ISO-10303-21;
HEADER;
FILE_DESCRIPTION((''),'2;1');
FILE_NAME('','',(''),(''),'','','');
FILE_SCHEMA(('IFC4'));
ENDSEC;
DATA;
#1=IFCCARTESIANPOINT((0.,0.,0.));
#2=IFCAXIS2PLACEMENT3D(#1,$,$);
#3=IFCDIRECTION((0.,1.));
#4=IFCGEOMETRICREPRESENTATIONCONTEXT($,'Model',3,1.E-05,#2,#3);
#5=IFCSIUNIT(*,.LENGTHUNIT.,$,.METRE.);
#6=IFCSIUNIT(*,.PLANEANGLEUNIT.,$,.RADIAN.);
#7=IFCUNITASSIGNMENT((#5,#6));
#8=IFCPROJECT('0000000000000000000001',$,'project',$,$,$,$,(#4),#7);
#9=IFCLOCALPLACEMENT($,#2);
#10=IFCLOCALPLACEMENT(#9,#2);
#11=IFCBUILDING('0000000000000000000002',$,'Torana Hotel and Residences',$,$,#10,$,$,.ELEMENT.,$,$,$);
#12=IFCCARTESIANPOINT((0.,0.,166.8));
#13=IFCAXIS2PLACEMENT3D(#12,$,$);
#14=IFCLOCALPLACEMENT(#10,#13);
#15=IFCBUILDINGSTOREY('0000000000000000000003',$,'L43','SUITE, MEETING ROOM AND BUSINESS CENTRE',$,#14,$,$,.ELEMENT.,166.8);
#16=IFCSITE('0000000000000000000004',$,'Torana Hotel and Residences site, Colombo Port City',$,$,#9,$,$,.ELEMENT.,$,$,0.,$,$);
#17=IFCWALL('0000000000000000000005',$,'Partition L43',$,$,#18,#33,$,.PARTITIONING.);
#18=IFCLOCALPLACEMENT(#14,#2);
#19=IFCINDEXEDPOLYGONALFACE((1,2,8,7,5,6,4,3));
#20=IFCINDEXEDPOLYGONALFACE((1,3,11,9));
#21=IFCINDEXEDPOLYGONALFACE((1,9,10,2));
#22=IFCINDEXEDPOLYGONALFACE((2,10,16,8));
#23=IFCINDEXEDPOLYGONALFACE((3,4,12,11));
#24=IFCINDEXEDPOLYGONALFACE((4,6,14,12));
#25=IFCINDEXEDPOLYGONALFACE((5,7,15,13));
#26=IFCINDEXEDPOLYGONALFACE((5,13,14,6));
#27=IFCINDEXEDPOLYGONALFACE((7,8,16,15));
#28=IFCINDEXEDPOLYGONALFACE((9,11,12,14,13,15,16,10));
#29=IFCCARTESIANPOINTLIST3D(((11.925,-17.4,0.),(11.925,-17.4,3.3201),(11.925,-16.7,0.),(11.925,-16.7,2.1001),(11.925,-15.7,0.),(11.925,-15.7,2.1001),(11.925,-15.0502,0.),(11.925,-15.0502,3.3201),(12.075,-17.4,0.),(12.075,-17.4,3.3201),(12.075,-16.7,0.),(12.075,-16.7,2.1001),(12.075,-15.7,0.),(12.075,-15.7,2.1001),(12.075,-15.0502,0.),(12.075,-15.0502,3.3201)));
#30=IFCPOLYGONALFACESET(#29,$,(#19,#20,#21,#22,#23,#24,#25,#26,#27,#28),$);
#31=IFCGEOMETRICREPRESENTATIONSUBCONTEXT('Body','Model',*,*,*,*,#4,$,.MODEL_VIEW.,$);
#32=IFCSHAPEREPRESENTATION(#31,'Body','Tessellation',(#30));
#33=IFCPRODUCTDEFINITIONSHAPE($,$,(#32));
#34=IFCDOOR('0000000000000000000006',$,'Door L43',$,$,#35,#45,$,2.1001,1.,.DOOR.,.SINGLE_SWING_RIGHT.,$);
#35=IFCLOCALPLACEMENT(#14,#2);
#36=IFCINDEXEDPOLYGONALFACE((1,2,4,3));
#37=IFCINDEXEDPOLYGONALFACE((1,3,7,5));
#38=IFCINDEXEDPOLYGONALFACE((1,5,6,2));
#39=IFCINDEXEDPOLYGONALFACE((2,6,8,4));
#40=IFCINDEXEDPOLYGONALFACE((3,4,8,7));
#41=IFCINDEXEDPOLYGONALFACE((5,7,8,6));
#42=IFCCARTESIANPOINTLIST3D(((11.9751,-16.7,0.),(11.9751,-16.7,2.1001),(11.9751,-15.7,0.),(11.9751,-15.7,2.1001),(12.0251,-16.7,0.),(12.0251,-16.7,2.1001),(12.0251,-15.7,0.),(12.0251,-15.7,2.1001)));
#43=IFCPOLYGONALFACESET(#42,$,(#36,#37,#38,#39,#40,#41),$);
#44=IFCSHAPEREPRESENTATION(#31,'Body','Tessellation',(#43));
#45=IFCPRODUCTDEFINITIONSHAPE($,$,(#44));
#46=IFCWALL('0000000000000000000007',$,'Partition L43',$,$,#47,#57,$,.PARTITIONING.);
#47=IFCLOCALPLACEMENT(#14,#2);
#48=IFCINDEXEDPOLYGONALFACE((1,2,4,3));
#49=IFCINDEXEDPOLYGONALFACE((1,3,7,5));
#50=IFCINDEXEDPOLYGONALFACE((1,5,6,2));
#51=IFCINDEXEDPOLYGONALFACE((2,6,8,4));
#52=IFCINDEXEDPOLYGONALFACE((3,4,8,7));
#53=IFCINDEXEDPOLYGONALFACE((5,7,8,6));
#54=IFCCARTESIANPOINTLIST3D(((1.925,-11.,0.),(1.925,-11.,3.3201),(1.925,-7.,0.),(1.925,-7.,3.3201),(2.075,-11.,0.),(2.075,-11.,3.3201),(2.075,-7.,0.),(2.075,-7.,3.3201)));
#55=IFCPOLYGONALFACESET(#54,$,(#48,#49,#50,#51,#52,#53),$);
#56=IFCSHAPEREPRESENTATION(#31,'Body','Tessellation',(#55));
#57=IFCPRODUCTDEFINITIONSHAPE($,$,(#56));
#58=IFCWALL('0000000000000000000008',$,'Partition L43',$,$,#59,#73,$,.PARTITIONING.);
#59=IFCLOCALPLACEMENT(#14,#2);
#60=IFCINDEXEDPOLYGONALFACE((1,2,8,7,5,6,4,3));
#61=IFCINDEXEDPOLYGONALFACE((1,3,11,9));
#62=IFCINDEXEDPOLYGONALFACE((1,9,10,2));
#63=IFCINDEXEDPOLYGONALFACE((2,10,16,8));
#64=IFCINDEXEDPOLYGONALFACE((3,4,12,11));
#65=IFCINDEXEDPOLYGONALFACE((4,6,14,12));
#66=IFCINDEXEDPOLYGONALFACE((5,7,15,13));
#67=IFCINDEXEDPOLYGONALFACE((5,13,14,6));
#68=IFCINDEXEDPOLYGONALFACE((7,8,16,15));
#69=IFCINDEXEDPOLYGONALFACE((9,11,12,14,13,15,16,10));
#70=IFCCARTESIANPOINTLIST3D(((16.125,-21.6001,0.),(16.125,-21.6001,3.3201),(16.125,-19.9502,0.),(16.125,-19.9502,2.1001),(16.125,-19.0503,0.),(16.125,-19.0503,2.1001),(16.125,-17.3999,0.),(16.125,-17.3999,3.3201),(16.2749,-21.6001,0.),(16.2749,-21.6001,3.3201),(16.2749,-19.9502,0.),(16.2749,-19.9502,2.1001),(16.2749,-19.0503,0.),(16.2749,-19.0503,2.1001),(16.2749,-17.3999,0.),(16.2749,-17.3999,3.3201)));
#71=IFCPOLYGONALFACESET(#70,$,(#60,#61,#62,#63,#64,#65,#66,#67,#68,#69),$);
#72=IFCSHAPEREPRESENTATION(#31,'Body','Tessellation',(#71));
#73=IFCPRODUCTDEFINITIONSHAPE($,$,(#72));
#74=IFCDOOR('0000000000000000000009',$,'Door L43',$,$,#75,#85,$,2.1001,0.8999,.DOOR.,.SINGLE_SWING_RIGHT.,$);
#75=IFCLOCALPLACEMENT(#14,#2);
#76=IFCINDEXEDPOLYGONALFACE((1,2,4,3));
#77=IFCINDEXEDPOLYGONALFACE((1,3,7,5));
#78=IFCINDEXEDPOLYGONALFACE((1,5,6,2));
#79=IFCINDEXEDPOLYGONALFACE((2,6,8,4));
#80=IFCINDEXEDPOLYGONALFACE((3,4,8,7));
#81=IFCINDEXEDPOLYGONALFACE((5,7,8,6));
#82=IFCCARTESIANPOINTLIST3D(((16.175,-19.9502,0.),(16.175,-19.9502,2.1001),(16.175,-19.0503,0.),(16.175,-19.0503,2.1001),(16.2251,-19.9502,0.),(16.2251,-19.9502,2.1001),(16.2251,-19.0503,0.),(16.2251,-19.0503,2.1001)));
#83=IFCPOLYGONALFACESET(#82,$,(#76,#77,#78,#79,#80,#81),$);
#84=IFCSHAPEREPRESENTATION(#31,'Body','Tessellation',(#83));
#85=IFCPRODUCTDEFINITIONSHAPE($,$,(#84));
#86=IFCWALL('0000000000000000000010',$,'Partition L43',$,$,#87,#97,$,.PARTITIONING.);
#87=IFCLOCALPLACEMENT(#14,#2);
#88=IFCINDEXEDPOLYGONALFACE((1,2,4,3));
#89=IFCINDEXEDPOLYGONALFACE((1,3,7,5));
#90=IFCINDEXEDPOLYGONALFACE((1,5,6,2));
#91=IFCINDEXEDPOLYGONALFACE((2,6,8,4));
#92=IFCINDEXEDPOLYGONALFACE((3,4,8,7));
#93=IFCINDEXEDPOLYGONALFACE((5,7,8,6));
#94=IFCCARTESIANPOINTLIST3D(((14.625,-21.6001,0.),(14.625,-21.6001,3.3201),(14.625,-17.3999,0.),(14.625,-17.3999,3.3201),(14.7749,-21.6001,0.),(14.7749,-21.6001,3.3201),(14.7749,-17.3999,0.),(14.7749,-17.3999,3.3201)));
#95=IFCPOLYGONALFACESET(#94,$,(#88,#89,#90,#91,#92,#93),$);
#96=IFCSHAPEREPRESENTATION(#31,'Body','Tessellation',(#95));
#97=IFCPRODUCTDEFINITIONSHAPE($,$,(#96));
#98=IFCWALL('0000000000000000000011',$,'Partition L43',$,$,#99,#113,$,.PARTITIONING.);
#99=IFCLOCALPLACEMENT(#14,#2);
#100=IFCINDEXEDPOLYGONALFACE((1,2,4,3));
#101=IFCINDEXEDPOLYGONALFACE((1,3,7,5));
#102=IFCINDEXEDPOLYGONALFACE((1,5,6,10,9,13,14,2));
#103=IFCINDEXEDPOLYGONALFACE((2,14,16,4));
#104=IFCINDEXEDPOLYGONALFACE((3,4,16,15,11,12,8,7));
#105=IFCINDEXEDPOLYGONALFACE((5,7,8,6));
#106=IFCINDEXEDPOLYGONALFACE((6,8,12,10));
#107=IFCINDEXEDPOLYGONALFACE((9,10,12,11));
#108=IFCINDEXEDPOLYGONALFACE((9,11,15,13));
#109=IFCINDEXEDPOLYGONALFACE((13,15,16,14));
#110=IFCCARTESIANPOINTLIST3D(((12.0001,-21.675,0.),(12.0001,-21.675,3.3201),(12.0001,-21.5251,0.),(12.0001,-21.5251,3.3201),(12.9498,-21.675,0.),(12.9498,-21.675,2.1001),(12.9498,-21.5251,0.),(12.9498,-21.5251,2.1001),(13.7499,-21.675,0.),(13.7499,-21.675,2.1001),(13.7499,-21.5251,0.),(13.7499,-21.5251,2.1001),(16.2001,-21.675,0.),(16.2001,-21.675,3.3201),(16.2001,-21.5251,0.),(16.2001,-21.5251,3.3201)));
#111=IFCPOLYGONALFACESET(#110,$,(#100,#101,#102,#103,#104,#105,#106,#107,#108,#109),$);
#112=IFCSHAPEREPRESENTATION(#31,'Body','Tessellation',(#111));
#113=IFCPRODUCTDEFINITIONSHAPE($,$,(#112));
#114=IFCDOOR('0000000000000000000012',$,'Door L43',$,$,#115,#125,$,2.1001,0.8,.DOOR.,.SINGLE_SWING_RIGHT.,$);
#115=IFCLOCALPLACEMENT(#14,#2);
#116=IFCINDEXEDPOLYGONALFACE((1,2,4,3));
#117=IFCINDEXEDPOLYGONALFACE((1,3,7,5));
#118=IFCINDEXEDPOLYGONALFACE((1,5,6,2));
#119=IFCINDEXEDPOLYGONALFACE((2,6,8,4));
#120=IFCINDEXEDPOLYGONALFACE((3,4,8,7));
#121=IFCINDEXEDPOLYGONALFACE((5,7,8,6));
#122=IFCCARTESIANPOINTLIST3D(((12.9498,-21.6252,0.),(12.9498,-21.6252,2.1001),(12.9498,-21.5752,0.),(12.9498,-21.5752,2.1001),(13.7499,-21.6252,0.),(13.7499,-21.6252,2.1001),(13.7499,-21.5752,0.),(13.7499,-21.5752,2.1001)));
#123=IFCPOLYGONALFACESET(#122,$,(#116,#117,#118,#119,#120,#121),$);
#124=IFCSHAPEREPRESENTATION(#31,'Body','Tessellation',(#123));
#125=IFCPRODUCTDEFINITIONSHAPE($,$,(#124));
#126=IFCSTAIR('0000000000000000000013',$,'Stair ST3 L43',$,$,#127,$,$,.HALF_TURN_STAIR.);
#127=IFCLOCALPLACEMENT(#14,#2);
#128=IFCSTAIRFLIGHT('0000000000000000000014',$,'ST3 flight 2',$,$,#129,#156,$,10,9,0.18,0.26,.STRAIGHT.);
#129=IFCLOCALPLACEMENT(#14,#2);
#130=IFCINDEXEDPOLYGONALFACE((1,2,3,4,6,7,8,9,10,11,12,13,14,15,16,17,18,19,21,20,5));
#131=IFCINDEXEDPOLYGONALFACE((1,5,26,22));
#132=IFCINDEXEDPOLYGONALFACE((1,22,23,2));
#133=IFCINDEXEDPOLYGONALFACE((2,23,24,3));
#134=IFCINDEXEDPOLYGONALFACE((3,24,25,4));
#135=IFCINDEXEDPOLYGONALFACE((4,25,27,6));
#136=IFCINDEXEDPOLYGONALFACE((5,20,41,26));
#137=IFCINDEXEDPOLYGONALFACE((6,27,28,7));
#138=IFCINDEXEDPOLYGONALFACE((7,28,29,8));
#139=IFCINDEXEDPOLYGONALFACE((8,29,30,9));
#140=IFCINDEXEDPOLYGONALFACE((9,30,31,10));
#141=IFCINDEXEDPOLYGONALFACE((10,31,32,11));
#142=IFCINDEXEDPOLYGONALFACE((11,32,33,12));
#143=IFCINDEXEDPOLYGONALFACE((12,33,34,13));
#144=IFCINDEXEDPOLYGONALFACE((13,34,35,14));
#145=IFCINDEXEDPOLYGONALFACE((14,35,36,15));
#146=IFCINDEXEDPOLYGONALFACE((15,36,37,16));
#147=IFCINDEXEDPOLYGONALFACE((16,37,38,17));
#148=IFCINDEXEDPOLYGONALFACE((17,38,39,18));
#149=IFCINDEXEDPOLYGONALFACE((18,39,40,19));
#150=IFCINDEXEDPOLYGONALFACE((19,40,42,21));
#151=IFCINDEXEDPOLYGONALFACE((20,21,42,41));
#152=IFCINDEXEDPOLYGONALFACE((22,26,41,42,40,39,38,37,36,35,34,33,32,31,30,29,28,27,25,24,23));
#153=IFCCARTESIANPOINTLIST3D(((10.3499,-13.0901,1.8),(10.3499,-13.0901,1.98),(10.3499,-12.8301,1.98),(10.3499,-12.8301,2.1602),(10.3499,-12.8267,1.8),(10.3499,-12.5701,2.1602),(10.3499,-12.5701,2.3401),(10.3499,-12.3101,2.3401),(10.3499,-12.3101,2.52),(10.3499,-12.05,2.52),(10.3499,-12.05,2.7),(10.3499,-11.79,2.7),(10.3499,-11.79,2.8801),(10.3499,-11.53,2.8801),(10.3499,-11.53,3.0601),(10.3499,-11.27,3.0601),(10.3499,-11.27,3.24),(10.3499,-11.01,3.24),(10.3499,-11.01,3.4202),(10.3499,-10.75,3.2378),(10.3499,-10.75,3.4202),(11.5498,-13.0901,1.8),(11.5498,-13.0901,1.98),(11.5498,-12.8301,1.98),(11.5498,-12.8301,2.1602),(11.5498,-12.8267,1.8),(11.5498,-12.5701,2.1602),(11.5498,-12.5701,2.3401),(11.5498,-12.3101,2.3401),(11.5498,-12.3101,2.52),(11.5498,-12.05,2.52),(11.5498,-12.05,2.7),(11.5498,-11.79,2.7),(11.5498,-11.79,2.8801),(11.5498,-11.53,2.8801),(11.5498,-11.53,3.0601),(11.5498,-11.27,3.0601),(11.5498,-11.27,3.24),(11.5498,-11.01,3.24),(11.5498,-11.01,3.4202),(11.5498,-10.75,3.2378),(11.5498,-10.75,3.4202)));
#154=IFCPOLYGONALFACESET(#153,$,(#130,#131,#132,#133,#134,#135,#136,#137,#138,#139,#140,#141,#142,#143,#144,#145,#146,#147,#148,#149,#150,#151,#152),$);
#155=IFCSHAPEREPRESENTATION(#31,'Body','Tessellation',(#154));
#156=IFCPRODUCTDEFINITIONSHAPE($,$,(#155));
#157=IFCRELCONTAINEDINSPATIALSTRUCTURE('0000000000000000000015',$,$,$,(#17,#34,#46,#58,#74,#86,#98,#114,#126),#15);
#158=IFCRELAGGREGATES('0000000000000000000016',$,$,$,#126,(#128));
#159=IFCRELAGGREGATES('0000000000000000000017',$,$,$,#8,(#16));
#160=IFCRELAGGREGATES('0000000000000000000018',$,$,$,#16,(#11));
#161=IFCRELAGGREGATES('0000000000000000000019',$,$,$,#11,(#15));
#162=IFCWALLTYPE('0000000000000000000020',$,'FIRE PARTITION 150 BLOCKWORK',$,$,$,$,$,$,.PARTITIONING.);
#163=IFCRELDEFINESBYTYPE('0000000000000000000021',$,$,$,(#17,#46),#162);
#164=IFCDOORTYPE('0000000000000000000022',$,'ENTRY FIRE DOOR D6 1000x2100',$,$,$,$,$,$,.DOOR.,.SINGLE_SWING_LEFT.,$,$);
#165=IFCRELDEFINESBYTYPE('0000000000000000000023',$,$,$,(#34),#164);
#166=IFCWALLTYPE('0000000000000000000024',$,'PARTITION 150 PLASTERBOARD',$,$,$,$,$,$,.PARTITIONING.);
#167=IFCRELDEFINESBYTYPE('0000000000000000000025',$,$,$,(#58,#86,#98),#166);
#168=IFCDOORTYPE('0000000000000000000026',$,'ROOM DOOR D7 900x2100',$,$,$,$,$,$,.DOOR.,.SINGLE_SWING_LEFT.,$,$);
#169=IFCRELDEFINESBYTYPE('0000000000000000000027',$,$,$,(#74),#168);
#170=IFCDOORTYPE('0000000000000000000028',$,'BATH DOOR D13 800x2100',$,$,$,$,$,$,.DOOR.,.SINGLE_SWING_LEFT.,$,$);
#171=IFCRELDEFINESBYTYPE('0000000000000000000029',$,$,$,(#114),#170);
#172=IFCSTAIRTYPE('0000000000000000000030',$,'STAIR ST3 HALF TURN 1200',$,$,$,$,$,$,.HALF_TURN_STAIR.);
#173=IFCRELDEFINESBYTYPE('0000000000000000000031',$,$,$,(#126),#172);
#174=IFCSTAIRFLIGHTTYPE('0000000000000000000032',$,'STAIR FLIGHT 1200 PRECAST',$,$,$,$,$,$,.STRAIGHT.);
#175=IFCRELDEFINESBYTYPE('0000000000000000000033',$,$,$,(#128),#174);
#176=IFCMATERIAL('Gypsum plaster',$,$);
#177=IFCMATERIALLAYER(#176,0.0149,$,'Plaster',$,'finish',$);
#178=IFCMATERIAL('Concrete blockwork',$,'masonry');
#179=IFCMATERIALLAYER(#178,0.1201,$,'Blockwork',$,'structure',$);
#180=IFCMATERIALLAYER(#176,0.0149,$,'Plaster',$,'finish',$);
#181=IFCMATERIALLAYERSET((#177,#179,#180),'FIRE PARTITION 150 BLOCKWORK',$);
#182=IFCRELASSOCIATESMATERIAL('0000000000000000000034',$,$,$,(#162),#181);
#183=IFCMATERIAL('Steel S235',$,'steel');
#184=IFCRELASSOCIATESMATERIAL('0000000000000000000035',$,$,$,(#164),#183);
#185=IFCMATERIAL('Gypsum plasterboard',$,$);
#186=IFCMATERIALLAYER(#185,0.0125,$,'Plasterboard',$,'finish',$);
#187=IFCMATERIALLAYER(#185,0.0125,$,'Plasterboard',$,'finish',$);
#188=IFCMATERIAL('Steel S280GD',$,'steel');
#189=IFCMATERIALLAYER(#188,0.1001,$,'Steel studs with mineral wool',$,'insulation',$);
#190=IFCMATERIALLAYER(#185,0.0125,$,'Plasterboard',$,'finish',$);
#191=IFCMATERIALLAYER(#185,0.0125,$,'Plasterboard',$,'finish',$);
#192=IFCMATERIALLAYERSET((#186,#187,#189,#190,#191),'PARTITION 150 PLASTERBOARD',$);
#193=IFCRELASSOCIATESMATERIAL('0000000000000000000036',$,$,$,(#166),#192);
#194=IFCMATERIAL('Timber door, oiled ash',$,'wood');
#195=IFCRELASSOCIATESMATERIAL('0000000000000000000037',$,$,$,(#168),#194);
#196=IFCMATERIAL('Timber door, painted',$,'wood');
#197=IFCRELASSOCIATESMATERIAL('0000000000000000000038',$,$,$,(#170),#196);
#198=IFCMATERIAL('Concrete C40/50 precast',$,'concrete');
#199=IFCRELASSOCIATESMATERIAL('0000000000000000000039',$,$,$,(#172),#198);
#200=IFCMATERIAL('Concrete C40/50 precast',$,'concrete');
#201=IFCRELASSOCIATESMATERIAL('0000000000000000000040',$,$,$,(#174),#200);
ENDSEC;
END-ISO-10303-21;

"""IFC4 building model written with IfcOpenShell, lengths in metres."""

from ifc_helpers import new_model, si_unit, direction, frame, frame_2d, origin, place, context, subcontext, project, spatial, polyline, rectangle, outline, extrude, material, layer, layer_set, type_object, element, fill, aggregate, save


model = new_model("IFC4")

# Units and contexts
model_context = context("Model", 3, precision=1e-05, world=origin(), true_north=direction((0.0, 1.0)))
body_context = subcontext(model_context, "Body", "Model", "MODEL_VIEW")
ifc_project = project(units=[si_unit("LENGTHUNIT", "METRE"), si_unit("PLANEANGLEUNIT", "RADIAN")], contexts=[model_context])

# Site, building, storey
site_placement = place(None, origin())
site = spatial("IfcSite", under=ifc_project, at=site_placement, Name="Torana Hotel and Residences site, Colombo Port City", CompositionType="ELEMENT", RefElevation=0.0)
building_placement = place(site_placement, origin())
building = spatial("IfcBuilding", under=site, at=building_placement, Name="Torana Hotel and Residences", CompositionType="ELEMENT")
storey_placement = place(building_placement, frame((0.0, 0.0, 166.8)))
storey = spatial("IfcBuildingStorey", under=building, at=storey_placement, Name="L43", Description="SUITE, MEETING ROOM AND BUSINESS CENTRE", CompositionType="ELEMENT", Elevation=166.8)

# Wall, opening, door
ifc_material_1 = material(Name="Gypsum plaster")
ifc_layer_1 = layer(ifc_material_1, 0.0149, Name="Plaster", Category="finish")
ifc_material_2 = material(Name="Concrete blockwork", Category="masonry")
ifc_layer_2 = layer(ifc_material_2, 0.1201, Name="Blockwork", Category="structure")
ifc_layer_3 = layer(ifc_material_1, 0.0149, Name="Plaster", Category="finish")
ifc_layer_set_1 = layer_set([ifc_layer_1, ifc_layer_2, ifc_layer_3], Name="FIRE PARTITION 150 BLOCKWORK")
wall_type_1 = type_object("IfcWallType", Name="FIRE PARTITION 150 BLOCKWORK", PredefinedType="PARTITIONING", material=ifc_layer_set_1)
wall_1_placement = place(storey_placement, frame((12.0, -17.3999, 0.0), z_axis=(0.0, 0.0, 1.0), x_axis=(0.0, 1.0, 0.0)))
wall_1 = element("IfcWall", 1, at=wall_1_placement, inside=storey, type_object=wall_type_1, Name="Partition L43", PredefinedType="PARTITIONING", context=body_context, shape_type="SweptSolid", body=[
    extrude(rectangle(XDim=2.3499, YDim=0.1499, at=frame_2d((1.1748, 0.0))), origin(), (0.0, 0.0, 1.0), 3.3201),
])
opening_1_placement = place(wall_1_placement, frame((0.7, 0.0, 0.0)))
opening_1 = element("IfcOpeningElement", 2, at=opening_1_placement, cuts=wall_1, PredefinedType="OPENING", context=body_context, shape_type="SweptSolid", body=[
    extrude(rectangle(XDim=1.0, YDim=2.1001, at=frame_2d((0.5, 1.05))), frame((0.0, 0.085, 0.0), z_axis=(0.0, -1.0, 0.0), x_axis=(1.0, 0.0, 0.0)), (0.0, 0.0, 1.0), 0.1699),
])
ifc_material_3 = material(Name="Steel S235", Category="steel")
door_type_1 = type_object("IfcDoorType", Name="ENTRY FIRE DOOR D6 1000x2100", OperationType="SINGLE_SWING_LEFT", PredefinedType="DOOR", material=ifc_material_3)
door_1_placement = place(opening_1_placement, origin())
door_1 = element("IfcDoor", 3, at=door_1_placement, inside=storey, type_object=door_type_1, Name="Door L43", OperationType="SINGLE_SWING_RIGHT", OverallHeight=2.1001, OverallWidth=1.0, PredefinedType="DOOR", context=body_context, shape_type="SweptSolid", body=[
    extrude(rectangle(XDim=1.0, YDim=2.1001, at=frame_2d((0.5, 1.05))), frame((0.0, 0.0249, 0.0), z_axis=(0.0, -1.0, 0.0), x_axis=(1.0, 0.0, 0.0)), (0.0, 0.0, 1.0), 0.05),
])
fill(opening_1, door_1)

# Wall
wall_2_placement = place(storey_placement, frame((2.0, -11.0, 0.0), z_axis=(0.0, 0.0, 1.0), x_axis=(0.0, 1.0, 0.0)))
element("IfcWall", 4, at=wall_2_placement, inside=storey, type_object=wall_type_1, Name="Partition L43", PredefinedType="PARTITIONING", context=body_context, shape_type="SweptSolid", body=[
    extrude(rectangle(XDim=4.0, YDim=0.1499, at=frame_2d((2.0, 0.0))), origin(), (0.0, 0.0, 1.0), 3.3201),
])

# Wall, opening, door
ifc_material_4 = material(Name="Gypsum plasterboard")
ifc_layer_4 = layer(ifc_material_4, 0.0125, Name="Plasterboard", Category="finish")
ifc_layer_5 = layer(ifc_material_4, 0.0125, Name="Plasterboard", Category="finish")
ifc_material_5 = material(Name="Steel S280GD", Category="steel")
ifc_layer_6 = layer(ifc_material_5, 0.1001, Name="Steel studs with mineral wool", Category="insulation")
ifc_layer_7 = layer(ifc_material_4, 0.0125, Name="Plasterboard", Category="finish")
ifc_layer_8 = layer(ifc_material_4, 0.0125, Name="Plasterboard", Category="finish")
ifc_layer_set_2 = layer_set([ifc_layer_4, ifc_layer_5, ifc_layer_6, ifc_layer_7, ifc_layer_8], Name="PARTITION 150 PLASTERBOARD")
wall_type_2 = type_object("IfcWallType", Name="PARTITION 150 PLASTERBOARD", PredefinedType="PARTITIONING", material=ifc_layer_set_2)
wall_3_placement = place(storey_placement, frame((16.2, -21.6001, 0.0), z_axis=(0.0, 0.0, 1.0), x_axis=(0.0, 1.0, 0.0)))
wall_3 = element("IfcWall", 5, at=wall_3_placement, inside=storey, type_object=wall_type_2, Name="Partition L43", PredefinedType="PARTITIONING", context=body_context, shape_type="SweptSolid", body=[
    extrude(rectangle(XDim=4.2002, YDim=0.1499, at=frame_2d((2.1001, 0.0))), origin(), (0.0, 0.0, 1.0), 3.3201),
])
opening_2_placement = place(wall_3_placement, frame((1.6499, 0.0, 0.0)))
opening_2 = element("IfcOpeningElement", 6, at=opening_2_placement, cuts=wall_3, PredefinedType="OPENING", context=body_context, shape_type="SweptSolid", body=[
    extrude(rectangle(XDim=0.8999, YDim=2.1001, at=frame_2d((0.45, 1.05))), frame((0.0, 0.085, 0.0), z_axis=(0.0, -1.0, 0.0), x_axis=(1.0, 0.0, 0.0)), (0.0, 0.0, 1.0), 0.1699),
])
ifc_material_6 = material(Name="Timber door, oiled ash", Category="wood")
door_type_2 = type_object("IfcDoorType", Name="ROOM DOOR D7 900x2100", OperationType="SINGLE_SWING_LEFT", PredefinedType="DOOR", material=ifc_material_6)
door_2_placement = place(opening_2_placement, origin())
door_2 = element("IfcDoor", 7, at=door_2_placement, inside=storey, type_object=door_type_2, Name="Door L43", OperationType="SINGLE_SWING_RIGHT", OverallHeight=2.1001, OverallWidth=0.8999, PredefinedType="DOOR", context=body_context, shape_type="SweptSolid", body=[
    extrude(rectangle(XDim=0.8999, YDim=2.1001, at=frame_2d((0.45, 1.05))), frame((0.0, 0.0249, 0.0), z_axis=(0.0, -1.0, 0.0), x_axis=(1.0, 0.0, 0.0)), (0.0, 0.0, 1.0), 0.05),
])
fill(opening_2, door_2)

# Wall
wall_4_placement = place(storey_placement, frame((14.7, -21.6001, 0.0), z_axis=(0.0, 0.0, 1.0), x_axis=(0.0, 1.0, 0.0)))
element("IfcWall", 8, at=wall_4_placement, inside=storey, type_object=wall_type_2, Name="Partition L43", PredefinedType="PARTITIONING", context=body_context, shape_type="SweptSolid", body=[
    extrude(rectangle(XDim=4.2002, YDim=0.1499, at=frame_2d((2.1001, 0.0))), origin(), (0.0, 0.0, 1.0), 3.3201),
])

# Wall, opening, door
wall_5_placement = place(storey_placement, frame((12.0, -21.6001, 0.0), z_axis=(0.0, 0.0, 1.0), x_axis=(1.0, 0.0, 0.0)))
wall_5 = element("IfcWall", 9, at=wall_5_placement, inside=storey, type_object=wall_type_2, Name="Partition L43", PredefinedType="PARTITIONING", context=body_context, shape_type="SweptSolid", body=[
    extrude(rectangle(XDim=4.2, YDim=0.1499, at=frame_2d((2.1001, 0.0))), origin(), (0.0, 0.0, 1.0), 3.3201),
])
opening_3_placement = place(wall_5_placement, frame((0.95, 0.0, 0.0)))
opening_3 = element("IfcOpeningElement", 10, at=opening_3_placement, cuts=wall_5, PredefinedType="OPENING", context=body_context, shape_type="SweptSolid", body=[
    extrude(rectangle(XDim=0.8, YDim=2.1001, at=frame_2d((0.3999, 1.05))), frame((0.0, 0.085, 0.0), z_axis=(0.0, -1.0, 0.0), x_axis=(1.0, 0.0, 0.0)), (0.0, 0.0, 1.0), 0.1699),
])
ifc_material_7 = material(Name="Timber door, painted", Category="wood")
door_type_3 = type_object("IfcDoorType", Name="BATH DOOR D13 800x2100", OperationType="SINGLE_SWING_LEFT", PredefinedType="DOOR", material=ifc_material_7)
door_3_placement = place(opening_3_placement, origin())
door_3 = element("IfcDoor", 11, at=door_3_placement, inside=storey, type_object=door_type_3, Name="Door L43", OperationType="SINGLE_SWING_RIGHT", OverallHeight=2.1001, OverallWidth=0.8, PredefinedType="DOOR", context=body_context, shape_type="SweptSolid", body=[
    extrude(rectangle(XDim=0.8, YDim=2.1001, at=frame_2d((0.3999, 1.05))), frame((0.0, 0.0249, 0.0), z_axis=(0.0, -1.0, 0.0), x_axis=(1.0, 0.0, 0.0)), (0.0, 0.0, 1.0), 0.05),
])
fill(opening_3, door_3)

# Stair, stair flight
ifc_material_8 = material(Name="Concrete C40/50 precast", Category="concrete")
stair_type_1 = type_object("IfcStairType", Name="STAIR ST3 HALF TURN 1200", PredefinedType="HALF_TURN_STAIR", material=ifc_material_8)
stair_1_placement = place(storey_placement, origin())
stair_1 = element("IfcStair", 12, at=stair_1_placement, inside=storey, type_object=stair_type_1, Name="Stair ST3 L43", PredefinedType="HALF_TURN_STAIR")
ifc_material_9 = material(Name="Concrete C40/50 precast", Category="concrete")
stair_flight_type = type_object("IfcStairFlightType", Name="STAIR FLIGHT 1200 PRECAST", PredefinedType="STRAIGHT", material=ifc_material_9)
stair_flight_1_placement = place(storey_placement, frame((10.95, -13.0901, 1.8), z_axis=(0.0, 0.0, 1.0), x_axis=(0.0, 1.0, 0.0)))
stair_flight_1 = element("IfcStairFlight", 13, at=stair_flight_1_placement, type_object=stair_flight_type, Name="ST3 flight 2", NumberOfRisers=10, NumberOfTreads=9, PredefinedType="STRAIGHT", RiserHeight=0.18, TreadLength=0.26, context=body_context, shape_type="SweptSolid", body=[
    extrude(outline(polyline([(0.0, 0.0), (0.0, 0.1799), (0.26, 0.1799), (0.26, 0.3601), (0.52, 0.3601), (0.52, 0.54), (0.78, 0.54), (0.78, 0.72), (1.04, 0.72), (1.04, 0.8999), (1.3, 0.8999), (1.3, 1.0801), (1.5601, 1.0801), (1.5601, 1.26), (1.8201, 1.26), (1.8201, 1.4399), (2.0801, 1.4399), (2.0801, 1.6201), (2.3401, 1.6201), (2.3401, 1.8), (2.3401, 1.4377), (0.2634, 0.0), (0.0, 0.0)])), frame((0.0, 0.6001, 0.0), z_axis=(0.0, -1.0, 0.0), x_axis=(1.0, 0.0, 0.0)), (0.0, 0.0, 1.0), 1.2),
])
aggregate(stair_1, [stair_flight_1])

save(model, "model.ifc")
